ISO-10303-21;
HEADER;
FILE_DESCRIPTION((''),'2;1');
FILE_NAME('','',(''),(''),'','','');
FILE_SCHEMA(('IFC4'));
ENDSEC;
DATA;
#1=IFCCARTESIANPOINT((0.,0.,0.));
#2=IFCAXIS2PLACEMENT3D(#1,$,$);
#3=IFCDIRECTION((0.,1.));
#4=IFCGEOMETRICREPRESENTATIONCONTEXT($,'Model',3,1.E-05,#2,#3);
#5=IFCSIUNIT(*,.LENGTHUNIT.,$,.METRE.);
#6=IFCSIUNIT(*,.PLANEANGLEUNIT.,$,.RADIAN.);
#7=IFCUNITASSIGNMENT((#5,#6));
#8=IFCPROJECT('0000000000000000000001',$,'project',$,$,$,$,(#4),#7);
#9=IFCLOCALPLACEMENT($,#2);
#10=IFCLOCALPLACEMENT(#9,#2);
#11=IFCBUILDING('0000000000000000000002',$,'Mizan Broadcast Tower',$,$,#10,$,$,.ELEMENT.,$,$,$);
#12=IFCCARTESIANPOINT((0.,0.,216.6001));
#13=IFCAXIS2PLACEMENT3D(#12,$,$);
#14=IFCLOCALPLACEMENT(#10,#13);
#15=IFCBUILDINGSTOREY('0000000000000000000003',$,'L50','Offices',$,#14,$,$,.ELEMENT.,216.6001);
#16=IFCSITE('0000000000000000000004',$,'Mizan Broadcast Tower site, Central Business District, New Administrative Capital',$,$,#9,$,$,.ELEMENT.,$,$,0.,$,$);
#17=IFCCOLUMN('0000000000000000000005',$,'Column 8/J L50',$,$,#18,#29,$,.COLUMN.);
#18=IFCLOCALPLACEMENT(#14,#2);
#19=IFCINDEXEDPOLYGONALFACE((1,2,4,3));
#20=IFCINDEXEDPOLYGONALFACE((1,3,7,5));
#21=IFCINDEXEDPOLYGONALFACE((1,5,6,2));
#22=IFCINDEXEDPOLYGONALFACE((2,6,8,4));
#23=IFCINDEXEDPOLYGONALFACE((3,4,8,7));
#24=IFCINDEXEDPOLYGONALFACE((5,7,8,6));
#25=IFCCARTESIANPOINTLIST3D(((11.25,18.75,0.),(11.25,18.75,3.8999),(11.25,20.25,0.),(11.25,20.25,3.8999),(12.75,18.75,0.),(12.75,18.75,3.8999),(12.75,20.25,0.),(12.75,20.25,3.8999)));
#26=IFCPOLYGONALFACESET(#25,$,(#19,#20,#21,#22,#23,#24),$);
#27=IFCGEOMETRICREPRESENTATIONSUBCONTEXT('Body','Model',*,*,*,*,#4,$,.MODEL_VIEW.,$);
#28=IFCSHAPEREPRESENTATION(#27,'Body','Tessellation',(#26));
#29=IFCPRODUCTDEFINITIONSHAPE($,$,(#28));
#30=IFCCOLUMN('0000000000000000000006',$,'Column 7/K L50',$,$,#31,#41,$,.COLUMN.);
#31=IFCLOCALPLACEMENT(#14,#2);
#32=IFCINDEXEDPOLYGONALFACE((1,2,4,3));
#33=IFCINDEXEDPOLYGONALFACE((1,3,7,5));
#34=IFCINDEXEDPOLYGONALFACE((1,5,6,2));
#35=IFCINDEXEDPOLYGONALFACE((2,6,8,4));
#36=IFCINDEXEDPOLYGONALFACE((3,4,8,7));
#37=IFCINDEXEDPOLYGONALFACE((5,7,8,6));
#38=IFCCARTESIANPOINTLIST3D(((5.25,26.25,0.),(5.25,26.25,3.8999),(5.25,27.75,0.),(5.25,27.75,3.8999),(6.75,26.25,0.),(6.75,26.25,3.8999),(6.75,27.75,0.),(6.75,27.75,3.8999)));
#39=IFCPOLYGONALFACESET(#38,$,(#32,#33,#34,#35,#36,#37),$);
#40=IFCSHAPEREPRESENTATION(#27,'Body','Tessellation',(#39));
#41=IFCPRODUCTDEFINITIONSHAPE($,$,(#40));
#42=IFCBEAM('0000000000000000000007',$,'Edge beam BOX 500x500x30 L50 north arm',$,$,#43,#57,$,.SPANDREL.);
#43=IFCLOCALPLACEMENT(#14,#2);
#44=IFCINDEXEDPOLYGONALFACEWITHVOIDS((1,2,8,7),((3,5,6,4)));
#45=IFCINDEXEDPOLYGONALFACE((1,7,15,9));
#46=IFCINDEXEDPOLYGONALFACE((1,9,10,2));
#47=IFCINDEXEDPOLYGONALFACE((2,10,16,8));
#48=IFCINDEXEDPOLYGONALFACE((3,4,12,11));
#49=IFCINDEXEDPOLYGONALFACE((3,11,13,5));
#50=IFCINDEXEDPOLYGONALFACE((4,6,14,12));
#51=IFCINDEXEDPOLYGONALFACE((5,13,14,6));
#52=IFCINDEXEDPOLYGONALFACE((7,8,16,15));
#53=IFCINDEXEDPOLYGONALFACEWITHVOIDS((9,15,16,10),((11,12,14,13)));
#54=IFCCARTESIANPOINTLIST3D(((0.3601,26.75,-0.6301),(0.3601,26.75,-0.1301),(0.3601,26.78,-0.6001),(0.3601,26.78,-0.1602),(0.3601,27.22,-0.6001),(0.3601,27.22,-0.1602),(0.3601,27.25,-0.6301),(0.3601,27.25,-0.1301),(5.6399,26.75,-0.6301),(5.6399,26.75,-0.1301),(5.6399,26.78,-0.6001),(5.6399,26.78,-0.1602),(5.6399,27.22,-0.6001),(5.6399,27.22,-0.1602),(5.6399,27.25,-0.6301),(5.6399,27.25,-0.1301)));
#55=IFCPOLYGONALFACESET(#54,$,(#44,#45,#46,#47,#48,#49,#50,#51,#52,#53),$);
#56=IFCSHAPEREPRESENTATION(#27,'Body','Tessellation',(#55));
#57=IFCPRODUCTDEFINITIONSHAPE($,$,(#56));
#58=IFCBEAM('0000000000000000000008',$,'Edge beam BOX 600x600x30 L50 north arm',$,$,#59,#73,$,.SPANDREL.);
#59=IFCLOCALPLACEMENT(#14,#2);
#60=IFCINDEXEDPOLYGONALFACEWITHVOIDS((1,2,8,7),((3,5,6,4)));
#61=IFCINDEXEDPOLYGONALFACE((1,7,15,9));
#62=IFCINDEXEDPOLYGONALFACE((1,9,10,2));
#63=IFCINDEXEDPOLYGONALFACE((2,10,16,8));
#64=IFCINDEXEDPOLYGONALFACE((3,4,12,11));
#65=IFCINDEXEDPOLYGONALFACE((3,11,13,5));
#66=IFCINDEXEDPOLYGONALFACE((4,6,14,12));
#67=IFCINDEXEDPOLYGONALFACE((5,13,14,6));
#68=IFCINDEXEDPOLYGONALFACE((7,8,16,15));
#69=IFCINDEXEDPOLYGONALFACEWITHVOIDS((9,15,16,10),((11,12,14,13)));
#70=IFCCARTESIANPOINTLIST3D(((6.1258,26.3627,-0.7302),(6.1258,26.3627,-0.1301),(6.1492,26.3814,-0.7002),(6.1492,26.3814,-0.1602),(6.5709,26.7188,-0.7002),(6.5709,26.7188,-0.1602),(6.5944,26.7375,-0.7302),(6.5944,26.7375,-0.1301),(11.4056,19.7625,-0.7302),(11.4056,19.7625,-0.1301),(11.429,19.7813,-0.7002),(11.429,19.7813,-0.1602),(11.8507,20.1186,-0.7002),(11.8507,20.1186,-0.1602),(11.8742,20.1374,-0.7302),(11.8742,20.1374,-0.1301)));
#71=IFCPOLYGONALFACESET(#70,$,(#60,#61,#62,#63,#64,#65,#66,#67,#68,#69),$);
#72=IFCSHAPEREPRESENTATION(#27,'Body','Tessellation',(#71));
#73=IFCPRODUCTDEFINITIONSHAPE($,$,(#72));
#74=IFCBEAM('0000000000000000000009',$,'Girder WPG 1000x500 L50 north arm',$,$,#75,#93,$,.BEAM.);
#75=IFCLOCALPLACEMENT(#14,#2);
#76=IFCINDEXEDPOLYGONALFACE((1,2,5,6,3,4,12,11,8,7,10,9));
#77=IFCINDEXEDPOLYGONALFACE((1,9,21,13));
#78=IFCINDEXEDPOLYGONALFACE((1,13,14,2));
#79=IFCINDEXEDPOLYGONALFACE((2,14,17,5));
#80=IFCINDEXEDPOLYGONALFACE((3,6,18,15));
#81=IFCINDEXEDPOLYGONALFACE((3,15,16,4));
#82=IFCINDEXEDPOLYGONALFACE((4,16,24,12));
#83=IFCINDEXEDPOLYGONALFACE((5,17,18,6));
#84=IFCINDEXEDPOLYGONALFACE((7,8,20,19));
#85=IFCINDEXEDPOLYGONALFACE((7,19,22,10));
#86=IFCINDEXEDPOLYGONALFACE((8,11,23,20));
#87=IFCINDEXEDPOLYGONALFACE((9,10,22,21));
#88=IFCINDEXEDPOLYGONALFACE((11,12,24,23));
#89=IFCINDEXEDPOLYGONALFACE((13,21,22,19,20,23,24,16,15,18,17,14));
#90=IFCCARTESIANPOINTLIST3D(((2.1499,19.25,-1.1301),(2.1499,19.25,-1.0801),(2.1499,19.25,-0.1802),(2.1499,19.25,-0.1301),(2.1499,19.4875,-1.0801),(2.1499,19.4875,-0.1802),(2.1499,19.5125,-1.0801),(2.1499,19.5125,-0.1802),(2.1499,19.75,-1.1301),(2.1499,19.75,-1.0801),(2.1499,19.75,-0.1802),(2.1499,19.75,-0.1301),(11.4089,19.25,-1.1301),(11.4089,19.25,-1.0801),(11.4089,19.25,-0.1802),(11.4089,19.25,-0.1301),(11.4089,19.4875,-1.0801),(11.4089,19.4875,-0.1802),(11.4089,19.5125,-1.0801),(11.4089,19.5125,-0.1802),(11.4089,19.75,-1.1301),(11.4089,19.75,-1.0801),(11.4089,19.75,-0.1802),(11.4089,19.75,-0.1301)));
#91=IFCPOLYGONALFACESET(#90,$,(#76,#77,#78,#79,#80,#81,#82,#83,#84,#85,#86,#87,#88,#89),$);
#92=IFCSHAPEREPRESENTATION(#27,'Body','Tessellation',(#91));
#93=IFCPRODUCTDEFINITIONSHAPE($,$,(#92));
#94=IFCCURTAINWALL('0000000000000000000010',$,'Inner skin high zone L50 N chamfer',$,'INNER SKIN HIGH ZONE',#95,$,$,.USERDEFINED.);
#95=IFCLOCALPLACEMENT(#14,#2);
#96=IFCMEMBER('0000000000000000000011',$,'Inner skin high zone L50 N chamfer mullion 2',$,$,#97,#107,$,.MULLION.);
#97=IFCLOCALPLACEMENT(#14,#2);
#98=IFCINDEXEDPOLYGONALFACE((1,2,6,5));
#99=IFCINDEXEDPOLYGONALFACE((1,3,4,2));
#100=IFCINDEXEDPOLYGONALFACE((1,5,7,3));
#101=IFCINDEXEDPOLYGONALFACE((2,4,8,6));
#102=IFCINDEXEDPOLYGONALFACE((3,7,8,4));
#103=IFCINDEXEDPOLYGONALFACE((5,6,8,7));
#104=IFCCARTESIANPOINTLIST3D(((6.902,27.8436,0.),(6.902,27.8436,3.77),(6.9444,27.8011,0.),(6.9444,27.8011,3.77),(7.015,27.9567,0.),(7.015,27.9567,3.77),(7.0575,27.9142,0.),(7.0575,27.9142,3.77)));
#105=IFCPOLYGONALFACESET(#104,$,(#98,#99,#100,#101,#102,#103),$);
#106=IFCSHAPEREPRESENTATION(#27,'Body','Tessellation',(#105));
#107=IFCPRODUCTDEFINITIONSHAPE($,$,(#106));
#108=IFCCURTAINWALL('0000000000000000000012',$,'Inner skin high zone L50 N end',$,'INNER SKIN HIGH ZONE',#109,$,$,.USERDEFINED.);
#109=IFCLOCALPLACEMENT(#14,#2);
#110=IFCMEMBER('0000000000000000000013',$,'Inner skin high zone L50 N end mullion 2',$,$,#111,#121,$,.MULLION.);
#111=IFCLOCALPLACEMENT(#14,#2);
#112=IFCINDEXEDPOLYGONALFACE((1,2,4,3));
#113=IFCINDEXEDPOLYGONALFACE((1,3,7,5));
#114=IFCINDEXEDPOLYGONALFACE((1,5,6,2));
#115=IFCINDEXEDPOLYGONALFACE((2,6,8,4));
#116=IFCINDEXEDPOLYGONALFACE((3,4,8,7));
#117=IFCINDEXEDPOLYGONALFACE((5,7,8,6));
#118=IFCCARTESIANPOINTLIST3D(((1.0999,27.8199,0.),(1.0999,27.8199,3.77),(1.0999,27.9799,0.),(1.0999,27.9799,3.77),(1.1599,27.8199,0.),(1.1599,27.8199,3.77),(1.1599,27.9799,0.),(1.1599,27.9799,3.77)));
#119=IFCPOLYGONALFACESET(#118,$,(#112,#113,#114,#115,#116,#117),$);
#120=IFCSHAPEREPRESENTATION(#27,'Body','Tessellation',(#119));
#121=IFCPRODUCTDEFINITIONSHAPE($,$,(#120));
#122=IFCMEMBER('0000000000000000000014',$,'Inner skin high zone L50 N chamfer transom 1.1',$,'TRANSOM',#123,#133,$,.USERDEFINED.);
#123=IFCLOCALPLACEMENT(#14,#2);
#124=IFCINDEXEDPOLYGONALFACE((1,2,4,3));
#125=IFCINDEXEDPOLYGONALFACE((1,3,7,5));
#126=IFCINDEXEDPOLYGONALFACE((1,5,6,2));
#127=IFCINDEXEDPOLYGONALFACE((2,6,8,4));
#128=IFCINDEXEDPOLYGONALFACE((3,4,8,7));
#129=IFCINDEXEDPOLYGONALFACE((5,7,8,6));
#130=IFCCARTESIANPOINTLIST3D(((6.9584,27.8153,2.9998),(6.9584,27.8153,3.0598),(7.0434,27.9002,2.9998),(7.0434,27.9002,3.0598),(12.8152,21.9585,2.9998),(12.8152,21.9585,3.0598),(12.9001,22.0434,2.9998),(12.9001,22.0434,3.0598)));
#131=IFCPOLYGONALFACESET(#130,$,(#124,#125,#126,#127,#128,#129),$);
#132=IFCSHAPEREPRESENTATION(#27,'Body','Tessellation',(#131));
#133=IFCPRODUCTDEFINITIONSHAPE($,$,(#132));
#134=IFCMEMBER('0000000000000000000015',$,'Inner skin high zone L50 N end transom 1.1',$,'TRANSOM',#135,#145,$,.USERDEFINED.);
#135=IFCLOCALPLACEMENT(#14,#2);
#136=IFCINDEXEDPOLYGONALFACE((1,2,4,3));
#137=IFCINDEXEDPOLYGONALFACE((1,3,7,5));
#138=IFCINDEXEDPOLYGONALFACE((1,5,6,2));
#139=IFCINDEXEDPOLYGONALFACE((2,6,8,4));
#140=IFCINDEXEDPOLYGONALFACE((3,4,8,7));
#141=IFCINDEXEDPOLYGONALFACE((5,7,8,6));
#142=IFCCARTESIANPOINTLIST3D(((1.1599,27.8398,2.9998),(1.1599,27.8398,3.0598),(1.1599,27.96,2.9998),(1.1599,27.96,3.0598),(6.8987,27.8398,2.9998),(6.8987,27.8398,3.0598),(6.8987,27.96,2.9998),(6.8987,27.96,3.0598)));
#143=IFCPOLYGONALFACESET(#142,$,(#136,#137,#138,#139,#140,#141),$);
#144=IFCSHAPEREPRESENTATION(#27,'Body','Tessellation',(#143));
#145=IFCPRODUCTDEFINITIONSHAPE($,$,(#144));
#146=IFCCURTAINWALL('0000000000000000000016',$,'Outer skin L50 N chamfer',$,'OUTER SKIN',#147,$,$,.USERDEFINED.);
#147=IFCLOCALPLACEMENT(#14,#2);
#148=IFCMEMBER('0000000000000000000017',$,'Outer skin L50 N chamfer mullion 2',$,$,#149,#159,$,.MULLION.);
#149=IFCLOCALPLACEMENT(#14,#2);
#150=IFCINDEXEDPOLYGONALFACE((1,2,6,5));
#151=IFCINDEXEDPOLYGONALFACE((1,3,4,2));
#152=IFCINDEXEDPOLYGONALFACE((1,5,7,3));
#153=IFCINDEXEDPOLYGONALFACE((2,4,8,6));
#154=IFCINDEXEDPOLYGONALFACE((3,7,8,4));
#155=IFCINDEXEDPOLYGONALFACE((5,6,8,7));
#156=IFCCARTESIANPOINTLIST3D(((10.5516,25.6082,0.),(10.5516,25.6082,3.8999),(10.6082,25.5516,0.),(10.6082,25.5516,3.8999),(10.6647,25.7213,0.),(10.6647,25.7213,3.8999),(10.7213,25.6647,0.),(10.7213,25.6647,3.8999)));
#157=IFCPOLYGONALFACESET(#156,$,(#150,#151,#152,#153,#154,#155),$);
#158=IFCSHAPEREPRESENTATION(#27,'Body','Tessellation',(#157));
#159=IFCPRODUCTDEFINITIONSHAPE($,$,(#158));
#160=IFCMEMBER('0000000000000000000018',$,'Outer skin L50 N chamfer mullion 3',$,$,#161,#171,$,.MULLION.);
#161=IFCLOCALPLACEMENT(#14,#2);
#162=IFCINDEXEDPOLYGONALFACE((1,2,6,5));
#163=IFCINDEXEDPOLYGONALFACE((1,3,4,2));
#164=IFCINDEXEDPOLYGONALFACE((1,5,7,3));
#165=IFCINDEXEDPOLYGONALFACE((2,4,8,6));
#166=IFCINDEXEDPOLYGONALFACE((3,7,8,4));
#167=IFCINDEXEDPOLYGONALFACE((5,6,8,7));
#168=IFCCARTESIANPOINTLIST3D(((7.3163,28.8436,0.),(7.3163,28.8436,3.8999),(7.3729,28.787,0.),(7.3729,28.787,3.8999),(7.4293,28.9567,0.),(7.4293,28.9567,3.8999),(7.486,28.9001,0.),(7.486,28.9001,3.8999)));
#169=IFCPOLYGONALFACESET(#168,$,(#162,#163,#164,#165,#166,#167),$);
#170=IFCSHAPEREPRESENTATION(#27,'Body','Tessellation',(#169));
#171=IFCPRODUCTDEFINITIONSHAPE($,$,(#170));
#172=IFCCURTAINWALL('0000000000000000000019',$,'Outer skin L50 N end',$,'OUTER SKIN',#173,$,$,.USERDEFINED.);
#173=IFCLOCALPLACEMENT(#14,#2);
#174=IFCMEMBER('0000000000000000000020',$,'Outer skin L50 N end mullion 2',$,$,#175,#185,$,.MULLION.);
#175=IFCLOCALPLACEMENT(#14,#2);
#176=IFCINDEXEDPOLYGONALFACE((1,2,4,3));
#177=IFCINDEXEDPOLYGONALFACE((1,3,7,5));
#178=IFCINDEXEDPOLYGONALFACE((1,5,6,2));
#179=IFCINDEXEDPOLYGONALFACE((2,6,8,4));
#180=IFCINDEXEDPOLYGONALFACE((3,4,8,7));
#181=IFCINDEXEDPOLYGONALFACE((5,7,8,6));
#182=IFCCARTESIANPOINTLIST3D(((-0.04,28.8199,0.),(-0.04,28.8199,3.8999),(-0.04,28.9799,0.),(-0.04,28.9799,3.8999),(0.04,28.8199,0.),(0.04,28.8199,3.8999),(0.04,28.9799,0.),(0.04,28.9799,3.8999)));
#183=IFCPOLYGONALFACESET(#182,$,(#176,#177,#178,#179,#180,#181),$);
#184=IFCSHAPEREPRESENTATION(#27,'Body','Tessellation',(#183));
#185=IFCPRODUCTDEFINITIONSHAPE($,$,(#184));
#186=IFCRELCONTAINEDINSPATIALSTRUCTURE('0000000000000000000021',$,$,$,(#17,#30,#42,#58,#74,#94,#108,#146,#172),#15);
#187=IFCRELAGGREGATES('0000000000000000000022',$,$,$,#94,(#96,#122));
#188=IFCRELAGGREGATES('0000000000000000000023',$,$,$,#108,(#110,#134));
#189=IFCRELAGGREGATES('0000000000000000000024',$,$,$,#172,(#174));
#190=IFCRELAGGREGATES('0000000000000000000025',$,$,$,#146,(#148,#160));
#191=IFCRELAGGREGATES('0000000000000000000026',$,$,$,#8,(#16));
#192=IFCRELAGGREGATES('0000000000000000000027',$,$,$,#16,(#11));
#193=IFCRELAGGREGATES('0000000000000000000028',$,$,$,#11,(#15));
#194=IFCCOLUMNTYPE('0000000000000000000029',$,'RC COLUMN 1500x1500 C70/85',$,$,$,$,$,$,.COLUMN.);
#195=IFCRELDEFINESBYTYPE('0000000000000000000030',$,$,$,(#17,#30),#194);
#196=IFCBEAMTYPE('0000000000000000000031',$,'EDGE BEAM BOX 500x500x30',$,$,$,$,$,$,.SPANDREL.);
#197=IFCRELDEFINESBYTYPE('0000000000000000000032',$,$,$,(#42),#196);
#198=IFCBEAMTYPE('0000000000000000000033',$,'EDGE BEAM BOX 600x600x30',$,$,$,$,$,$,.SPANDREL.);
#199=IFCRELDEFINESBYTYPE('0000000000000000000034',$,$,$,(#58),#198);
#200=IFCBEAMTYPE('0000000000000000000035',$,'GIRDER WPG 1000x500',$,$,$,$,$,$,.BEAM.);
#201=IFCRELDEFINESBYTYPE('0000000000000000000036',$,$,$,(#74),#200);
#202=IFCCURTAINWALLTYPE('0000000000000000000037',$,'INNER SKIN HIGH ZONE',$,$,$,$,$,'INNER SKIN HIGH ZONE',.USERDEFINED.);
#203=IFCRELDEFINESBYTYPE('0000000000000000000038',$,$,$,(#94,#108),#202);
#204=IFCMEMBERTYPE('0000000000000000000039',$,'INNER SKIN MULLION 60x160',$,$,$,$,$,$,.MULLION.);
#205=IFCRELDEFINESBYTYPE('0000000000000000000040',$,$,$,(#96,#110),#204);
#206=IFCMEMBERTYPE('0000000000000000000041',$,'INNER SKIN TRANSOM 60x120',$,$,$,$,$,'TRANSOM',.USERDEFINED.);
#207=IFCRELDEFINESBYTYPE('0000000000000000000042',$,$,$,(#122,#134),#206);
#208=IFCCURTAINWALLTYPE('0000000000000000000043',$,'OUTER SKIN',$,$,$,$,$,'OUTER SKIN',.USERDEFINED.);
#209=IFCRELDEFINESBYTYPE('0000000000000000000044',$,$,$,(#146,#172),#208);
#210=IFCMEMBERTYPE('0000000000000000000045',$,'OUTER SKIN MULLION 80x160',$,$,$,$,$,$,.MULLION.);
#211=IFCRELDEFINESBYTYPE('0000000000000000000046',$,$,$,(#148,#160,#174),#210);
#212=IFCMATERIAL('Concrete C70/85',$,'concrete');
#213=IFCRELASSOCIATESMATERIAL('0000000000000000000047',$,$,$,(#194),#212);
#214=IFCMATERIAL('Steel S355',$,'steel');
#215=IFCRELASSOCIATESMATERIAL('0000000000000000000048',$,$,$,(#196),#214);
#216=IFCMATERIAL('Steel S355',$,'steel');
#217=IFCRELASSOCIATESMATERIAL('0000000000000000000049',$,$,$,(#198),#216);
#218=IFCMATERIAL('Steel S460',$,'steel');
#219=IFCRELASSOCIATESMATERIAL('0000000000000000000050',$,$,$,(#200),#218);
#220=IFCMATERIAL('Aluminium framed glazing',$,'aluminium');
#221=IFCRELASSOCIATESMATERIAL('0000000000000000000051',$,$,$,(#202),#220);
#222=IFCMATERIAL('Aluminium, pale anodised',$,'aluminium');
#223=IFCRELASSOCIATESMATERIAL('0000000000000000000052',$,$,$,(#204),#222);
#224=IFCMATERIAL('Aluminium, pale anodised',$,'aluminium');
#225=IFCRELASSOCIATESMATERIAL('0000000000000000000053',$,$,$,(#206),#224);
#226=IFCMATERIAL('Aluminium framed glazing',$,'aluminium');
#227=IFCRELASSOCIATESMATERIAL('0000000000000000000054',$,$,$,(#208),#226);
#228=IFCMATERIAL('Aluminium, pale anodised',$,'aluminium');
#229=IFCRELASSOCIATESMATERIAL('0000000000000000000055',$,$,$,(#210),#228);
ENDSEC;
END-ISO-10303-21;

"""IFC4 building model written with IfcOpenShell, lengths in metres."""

from ifc_helpers import new_model, si_unit, direction, frame, origin, origin_2d, place, context, subcontext, project, spatial, rectangle, hollow_rectangle, i_section, extrude, material, material_profile, profile_set, type_object, element, aggregate, save


model = new_model("IFC4")

# Units and contexts
model_context = context("Model", 3, precision=1e-05, world=origin(), true_north=direction((0.0, 1.0)))
body_context = subcontext(model_context, "Body", "Model", "MODEL_VIEW")
ifc_project = project(units=[si_unit("LENGTHUNIT", "METRE"), si_unit("PLANEANGLEUNIT", "RADIAN")], contexts=[model_context])

# Site, building, storey
site_placement = place(None, origin())
site = spatial("IfcSite", under=ifc_project, at=site_placement, Name="Mizan Broadcast Tower site, Central Business District, New Administrative Capital", CompositionType="ELEMENT", RefElevation=0.0)
building_placement = place(site_placement, origin())
building = spatial("IfcBuilding", under=site, at=building_placement, Name="Mizan Broadcast Tower", CompositionType="ELEMENT")
storey_placement = place(building_placement, frame((0.0, 0.0, 216.6001)))
storey = spatial("IfcBuildingStorey", under=building, at=storey_placement, Name="L50", Description="Offices", CompositionType="ELEMENT", Elevation=216.6001)

# Columns
ifc_material_1 = material(Name="Concrete C70/85", Category="concrete")
ifc_material_profile_1 = material_profile(ifc_material_1, rectangle(XDim=1.5, YDim=1.5, at=origin_2d()), Name="RC 1500x1500")
ifc_profile_set_1 = profile_set([ifc_material_profile_1], Name="Concrete C70/85")
column_type = type_object("IfcColumnType", Name="RC COLUMN 1500x1500 C70/85", PredefinedType="COLUMN", material=ifc_profile_set_1)
for number, where, z_axis, x_axis, name in (
    (1, (12.0, 19.5, 0.0), (0.0, 0.0, 1.0), (1.0, 0.0, 0.0), "Column 8/J L50"),
    (2, (6.0, 27.0, 0.0), (0.0, 0.0, 1.0), (1.0, 0.0, 0.0), "Column 7/K L50"),
):
    element("IfcColumn", number, at=place(storey_placement, frame(where, z_axis=z_axis, x_axis=x_axis)), inside=storey, type_object=column_type, Name=name, PredefinedType="COLUMN", context=body_context, shape_type="SweptSolid", body=[
        extrude(rectangle(XDim=1.5, YDim=1.5, at=origin_2d()), origin(), (0.0, 0.0, 1.0), 3.8999),
    ])

# Beams
ifc_material_2 = material(Name="Steel S355", Category="steel")
ifc_material_profile_2 = material_profile(ifc_material_2, hollow_rectangle(XDim=0.5, YDim=0.5, WallThickness=0.03, at=origin_2d()), Name="BOX 500x500x30")
ifc_profile_set_2 = profile_set([ifc_material_profile_2], Name="Steel S355")
beam_type_1 = type_object("IfcBeamType", Name="EDGE BEAM BOX 500x500x30", PredefinedType="SPANDREL", material=ifc_profile_set_2)
beam_1_placement = place(storey_placement, frame((5.6399, 27.0, -0.3801), z_axis=(-1.0, 0.0, 0.0), x_axis=(0.0, -1.0, 0.0)))
element("IfcBeam", 3, at=beam_1_placement, inside=storey, type_object=beam_type_1, Name="Edge beam BOX 500x500x30 L50 north arm", PredefinedType="SPANDREL", context=body_context, shape_type="SweptSolid", body=[
    extrude(hollow_rectangle(XDim=0.5, YDim=0.5, WallThickness=0.03, at=origin_2d()), origin(), (0.0, 0.0, 1.0), 5.2798),
])
ifc_material_3 = material(Name="Steel S355", Category="steel")
ifc_material_profile_3 = material_profile(ifc_material_3, hollow_rectangle(XDim=0.6001, YDim=0.6001, WallThickness=0.03, at=origin_2d()), Name="BOX 600x600x30")
ifc_profile_set_3 = profile_set([ifc_material_profile_3], Name="Steel S355")
beam_type_2 = type_object("IfcBeamType", Name="EDGE BEAM BOX 600x600x30", PredefinedType="SPANDREL", material=ifc_profile_set_3)
beam_2_placement = place(storey_placement, frame((11.6399, 19.95, -0.4302), z_axis=(-0.624674, 0.780886, 0.0), x_axis=(-0.780886, -0.624674, 0.0)))
element("IfcBeam", 4, at=beam_2_placement, inside=storey, type_object=beam_type_2, Name="Edge beam BOX 600x600x30 L50 north arm", PredefinedType="SPANDREL", context=body_context, shape_type="SweptSolid", body=[
    extrude(hollow_rectangle(XDim=0.6001, YDim=0.6001, WallThickness=0.03, at=origin_2d()), origin(), (0.0, 0.0, 1.0), 8.4521),
])
ifc_material_4 = material(Name="Steel S460", Category="steel")
ifc_material_profile_4 = material_profile(ifc_material_4, i_section(OverallWidth=0.5, OverallDepth=1.0, WebThickness=0.0249, FlangeThickness=0.05, at=origin_2d()), Name="WPG 1000x500")
ifc_profile_set_4 = profile_set([ifc_material_profile_4], Name="Steel S460")
beam_type_3 = type_object("IfcBeamType", Name="GIRDER WPG 1000x500", PredefinedType="BEAM", material=ifc_profile_set_4)
beam_3_placement = place(storey_placement, frame((11.4089, 19.5, -0.6301), z_axis=(-1.0, 0.0, 0.0), x_axis=(0.0, -1.0, 0.0)))
element("IfcBeam", 5, at=beam_3_placement, inside=storey, type_object=beam_type_3, Name="Girder WPG 1000x500 L50 north arm", PredefinedType="BEAM", context=body_context, shape_type="SweptSolid", body=[
    extrude(i_section(OverallWidth=0.5, OverallDepth=1.0, WebThickness=0.0249, FlangeThickness=0.05, at=origin_2d()), origin(), (0.0, 0.0, 1.0), 9.259),
])

# Curtain walls, members
ifc_material_5 = material(Name="Aluminium framed glazing", Category="aluminium")
curtain_wall_type_1 = type_object("IfcCurtainWallType", Name="INNER SKIN HIGH ZONE", ElementType="INNER SKIN HIGH ZONE", PredefinedType="USERDEFINED", material=ifc_material_5)
curtain_wall_1_placement = place(storey_placement, origin())
curtain_wall_1 = element("IfcCurtainWall", 6, at=curtain_wall_1_placement, inside=storey, type_object=curtain_wall_type_1, Name="Inner skin high zone L50 N chamfer", ObjectType="INNER SKIN HIGH ZONE", PredefinedType="USERDEFINED")
ifc_material_6 = material(Name="Aluminium, pale anodised", Category="aluminium")
ifc_material_profile_5 = material_profile(ifc_material_6, rectangle(XDim=0.1599, YDim=0.0601, at=origin_2d()), Name="MULLION 160x60")
ifc_profile_set_5 = profile_set([ifc_material_profile_5], Name="Aluminium, pale anodised")
member_type_1 = type_object("IfcMemberType", Name="INNER SKIN MULLION 60x160", PredefinedType="MULLION", material=ifc_profile_set_5)
member_1_placement = place(storey_placement, frame((6.9797, 27.8789, 0.0), z_axis=(0.0, 0.0, 1.0), x_axis=(-0.707107, -0.707107, 0.0)))
member_1 = element("IfcMember", 7, at=member_1_placement, type_object=member_type_1, Name="Inner skin high zone L50 N chamfer mullion 2", PredefinedType="MULLION", context=body_context, shape_type="SweptSolid", body=[
    extrude(rectangle(XDim=0.1599, YDim=0.0601, at=origin_2d()), origin(), (0.0, 0.0, 1.0), 3.77),
])
curtain_wall_2_placement = place(storey_placement, origin())
curtain_wall_2 = element("IfcCurtainWall", 8, at=curtain_wall_2_placement, inside=storey, type_object=curtain_wall_type_1, Name="Inner skin high zone L50 N end", ObjectType="INNER SKIN HIGH ZONE", PredefinedType="USERDEFINED")
member_2_placement = place(storey_placement, frame((1.1299, 27.8999, 0.0), z_axis=(0.0, 0.0, 1.0), x_axis=(0.0, -1.0, 0.0)))
member_2 = element("IfcMember", 9, at=member_2_placement, type_object=member_type_1, Name="Inner skin high zone L50 N end mullion 2", PredefinedType="MULLION", context=body_context, shape_type="SweptSolid", body=[
    extrude(rectangle(XDim=0.1599, YDim=0.0601, at=origin_2d()), origin(), (0.0, 0.0, 1.0), 3.77),
])

# Members
ifc_material_7 = material(Name="Aluminium, pale anodised", Category="aluminium")
ifc_material_profile_6 = material_profile(ifc_material_7, rectangle(XDim=0.1201, YDim=0.0601, at=origin_2d()), Name="TRANSOM 120x60")
ifc_profile_set_6 = profile_set([ifc_material_profile_6], Name="Aluminium, pale anodised")
member_type_2 = type_object("IfcMemberType", Name="INNER SKIN TRANSOM 60x120", ElementType="TRANSOM", PredefinedType="USERDEFINED", material=ifc_profile_set_6)
member_3_placement = place(storey_placement, frame((12.8577, 22.001, 3.0298), z_axis=(-0.707107, 0.707107, 0.0), x_axis=(-0.707107, -0.707107, 0.0)))
member_3 = element("IfcMember", 10, at=member_3_placement, type_object=member_type_2, Name="Inner skin high zone L50 N chamfer transom 1.1", ObjectType="TRANSOM", PredefinedType="USERDEFINED", context=body_context, shape_type="SweptSolid", body=[
    extrude(rectangle(XDim=0.1201, YDim=0.0601, at=origin_2d()), origin(), (0.0, 0.0, 1.0), 8.2827),
])
member_4_placement = place(storey_placement, frame((6.8987, 27.8999, 3.0298), z_axis=(-1.0, 0.0, 0.0), x_axis=(0.0, -1.0, 0.0)))
member_4 = element("IfcMember", 11, at=member_4_placement, type_object=member_type_2, Name="Inner skin high zone L50 N end transom 1.1", ObjectType="TRANSOM", PredefinedType="USERDEFINED", context=body_context, shape_type="SweptSolid", body=[
    extrude(rectangle(XDim=0.1201, YDim=0.0601, at=origin_2d()), origin(), (0.0, 0.0, 1.0), 5.7388),
])

# Curtain wall, members
ifc_material_8 = material(Name="Aluminium framed glazing", Category="aluminium")
curtain_wall_type_2 = type_object("IfcCurtainWallType", Name="OUTER SKIN", ElementType="OUTER SKIN", PredefinedType="USERDEFINED", material=ifc_material_8)
curtain_wall_3_placement = place(storey_placement, origin())
curtain_wall_3 = element("IfcCurtainWall", 12, at=curtain_wall_3_placement, inside=storey, type_object=curtain_wall_type_2, Name="Outer skin L50 N chamfer", ObjectType="OUTER SKIN", PredefinedType="USERDEFINED")
ifc_material_9 = material(Name="Aluminium, pale anodised", Category="aluminium")
ifc_material_profile_7 = material_profile(ifc_material_9, rectangle(XDim=0.1599, YDim=0.0801, at=origin_2d()), Name="MULLION 160x80")
ifc_profile_set_7 = profile_set([ifc_material_profile_7], Name="Aluminium, pale anodised")
member_type_3 = type_object("IfcMemberType", Name="OUTER SKIN MULLION 80x160", PredefinedType="MULLION", material=ifc_profile_set_7)
member_5_placement = place(storey_placement, frame((10.6365, 25.6365, 0.0), z_axis=(0.0, 0.0, 1.0), x_axis=(-0.707107, -0.707107, 0.0)))
member_5 = element("IfcMember", 13, at=member_5_placement, type_object=member_type_3, Name="Outer skin L50 N chamfer mullion 2", PredefinedType="MULLION", context=body_context, shape_type="SweptSolid", body=[
    extrude(rectangle(XDim=0.1599, YDim=0.0801, at=origin_2d()), origin(), (0.0, 0.0, 1.0), 3.8999),
])
member_6_placement = place(storey_placement, frame((7.4011, 28.8718, 0.0), z_axis=(0.0, 0.0, 1.0), x_axis=(-0.707107, -0.707107, 0.0)))
member_6 = element("IfcMember", 14, at=member_6_placement, type_object=member_type_3, Name="Outer skin L50 N chamfer mullion 3", PredefinedType="MULLION", context=body_context, shape_type="SweptSolid", body=[
    extrude(rectangle(XDim=0.1599, YDim=0.0801, at=origin_2d()), origin(), (0.0, 0.0, 1.0), 3.8999),
])

# Curtain wall, member
curtain_wall_4_placement = place(storey_placement, origin())
curtain_wall_4 = element("IfcCurtainWall", 15, at=curtain_wall_4_placement, inside=storey, type_object=curtain_wall_type_2, Name="Outer skin L50 N end", ObjectType="OUTER SKIN", PredefinedType="USERDEFINED")
member_7_placement = place(storey_placement, frame((0.0, 28.8999, 0.0), z_axis=(0.0, 0.0, 1.0), x_axis=(0.0, -1.0, 0.0)))
member_7 = element("IfcMember", 16, at=member_7_placement, type_object=member_type_3, Name="Outer skin L50 N end mullion 2", PredefinedType="MULLION", context=body_context, shape_type="SweptSolid", body=[
    extrude(rectangle(XDim=0.1599, YDim=0.0801, at=origin_2d()), origin(), (0.0, 0.0, 1.0), 3.8999),
])

aggregate(curtain_wall_1, [member_1, member_3])
aggregate(curtain_wall_2, [member_2, member_4])
aggregate(curtain_wall_4, [member_7])
aggregate(curtain_wall_3, [member_5, member_6])

save(model, "model.ifc")
